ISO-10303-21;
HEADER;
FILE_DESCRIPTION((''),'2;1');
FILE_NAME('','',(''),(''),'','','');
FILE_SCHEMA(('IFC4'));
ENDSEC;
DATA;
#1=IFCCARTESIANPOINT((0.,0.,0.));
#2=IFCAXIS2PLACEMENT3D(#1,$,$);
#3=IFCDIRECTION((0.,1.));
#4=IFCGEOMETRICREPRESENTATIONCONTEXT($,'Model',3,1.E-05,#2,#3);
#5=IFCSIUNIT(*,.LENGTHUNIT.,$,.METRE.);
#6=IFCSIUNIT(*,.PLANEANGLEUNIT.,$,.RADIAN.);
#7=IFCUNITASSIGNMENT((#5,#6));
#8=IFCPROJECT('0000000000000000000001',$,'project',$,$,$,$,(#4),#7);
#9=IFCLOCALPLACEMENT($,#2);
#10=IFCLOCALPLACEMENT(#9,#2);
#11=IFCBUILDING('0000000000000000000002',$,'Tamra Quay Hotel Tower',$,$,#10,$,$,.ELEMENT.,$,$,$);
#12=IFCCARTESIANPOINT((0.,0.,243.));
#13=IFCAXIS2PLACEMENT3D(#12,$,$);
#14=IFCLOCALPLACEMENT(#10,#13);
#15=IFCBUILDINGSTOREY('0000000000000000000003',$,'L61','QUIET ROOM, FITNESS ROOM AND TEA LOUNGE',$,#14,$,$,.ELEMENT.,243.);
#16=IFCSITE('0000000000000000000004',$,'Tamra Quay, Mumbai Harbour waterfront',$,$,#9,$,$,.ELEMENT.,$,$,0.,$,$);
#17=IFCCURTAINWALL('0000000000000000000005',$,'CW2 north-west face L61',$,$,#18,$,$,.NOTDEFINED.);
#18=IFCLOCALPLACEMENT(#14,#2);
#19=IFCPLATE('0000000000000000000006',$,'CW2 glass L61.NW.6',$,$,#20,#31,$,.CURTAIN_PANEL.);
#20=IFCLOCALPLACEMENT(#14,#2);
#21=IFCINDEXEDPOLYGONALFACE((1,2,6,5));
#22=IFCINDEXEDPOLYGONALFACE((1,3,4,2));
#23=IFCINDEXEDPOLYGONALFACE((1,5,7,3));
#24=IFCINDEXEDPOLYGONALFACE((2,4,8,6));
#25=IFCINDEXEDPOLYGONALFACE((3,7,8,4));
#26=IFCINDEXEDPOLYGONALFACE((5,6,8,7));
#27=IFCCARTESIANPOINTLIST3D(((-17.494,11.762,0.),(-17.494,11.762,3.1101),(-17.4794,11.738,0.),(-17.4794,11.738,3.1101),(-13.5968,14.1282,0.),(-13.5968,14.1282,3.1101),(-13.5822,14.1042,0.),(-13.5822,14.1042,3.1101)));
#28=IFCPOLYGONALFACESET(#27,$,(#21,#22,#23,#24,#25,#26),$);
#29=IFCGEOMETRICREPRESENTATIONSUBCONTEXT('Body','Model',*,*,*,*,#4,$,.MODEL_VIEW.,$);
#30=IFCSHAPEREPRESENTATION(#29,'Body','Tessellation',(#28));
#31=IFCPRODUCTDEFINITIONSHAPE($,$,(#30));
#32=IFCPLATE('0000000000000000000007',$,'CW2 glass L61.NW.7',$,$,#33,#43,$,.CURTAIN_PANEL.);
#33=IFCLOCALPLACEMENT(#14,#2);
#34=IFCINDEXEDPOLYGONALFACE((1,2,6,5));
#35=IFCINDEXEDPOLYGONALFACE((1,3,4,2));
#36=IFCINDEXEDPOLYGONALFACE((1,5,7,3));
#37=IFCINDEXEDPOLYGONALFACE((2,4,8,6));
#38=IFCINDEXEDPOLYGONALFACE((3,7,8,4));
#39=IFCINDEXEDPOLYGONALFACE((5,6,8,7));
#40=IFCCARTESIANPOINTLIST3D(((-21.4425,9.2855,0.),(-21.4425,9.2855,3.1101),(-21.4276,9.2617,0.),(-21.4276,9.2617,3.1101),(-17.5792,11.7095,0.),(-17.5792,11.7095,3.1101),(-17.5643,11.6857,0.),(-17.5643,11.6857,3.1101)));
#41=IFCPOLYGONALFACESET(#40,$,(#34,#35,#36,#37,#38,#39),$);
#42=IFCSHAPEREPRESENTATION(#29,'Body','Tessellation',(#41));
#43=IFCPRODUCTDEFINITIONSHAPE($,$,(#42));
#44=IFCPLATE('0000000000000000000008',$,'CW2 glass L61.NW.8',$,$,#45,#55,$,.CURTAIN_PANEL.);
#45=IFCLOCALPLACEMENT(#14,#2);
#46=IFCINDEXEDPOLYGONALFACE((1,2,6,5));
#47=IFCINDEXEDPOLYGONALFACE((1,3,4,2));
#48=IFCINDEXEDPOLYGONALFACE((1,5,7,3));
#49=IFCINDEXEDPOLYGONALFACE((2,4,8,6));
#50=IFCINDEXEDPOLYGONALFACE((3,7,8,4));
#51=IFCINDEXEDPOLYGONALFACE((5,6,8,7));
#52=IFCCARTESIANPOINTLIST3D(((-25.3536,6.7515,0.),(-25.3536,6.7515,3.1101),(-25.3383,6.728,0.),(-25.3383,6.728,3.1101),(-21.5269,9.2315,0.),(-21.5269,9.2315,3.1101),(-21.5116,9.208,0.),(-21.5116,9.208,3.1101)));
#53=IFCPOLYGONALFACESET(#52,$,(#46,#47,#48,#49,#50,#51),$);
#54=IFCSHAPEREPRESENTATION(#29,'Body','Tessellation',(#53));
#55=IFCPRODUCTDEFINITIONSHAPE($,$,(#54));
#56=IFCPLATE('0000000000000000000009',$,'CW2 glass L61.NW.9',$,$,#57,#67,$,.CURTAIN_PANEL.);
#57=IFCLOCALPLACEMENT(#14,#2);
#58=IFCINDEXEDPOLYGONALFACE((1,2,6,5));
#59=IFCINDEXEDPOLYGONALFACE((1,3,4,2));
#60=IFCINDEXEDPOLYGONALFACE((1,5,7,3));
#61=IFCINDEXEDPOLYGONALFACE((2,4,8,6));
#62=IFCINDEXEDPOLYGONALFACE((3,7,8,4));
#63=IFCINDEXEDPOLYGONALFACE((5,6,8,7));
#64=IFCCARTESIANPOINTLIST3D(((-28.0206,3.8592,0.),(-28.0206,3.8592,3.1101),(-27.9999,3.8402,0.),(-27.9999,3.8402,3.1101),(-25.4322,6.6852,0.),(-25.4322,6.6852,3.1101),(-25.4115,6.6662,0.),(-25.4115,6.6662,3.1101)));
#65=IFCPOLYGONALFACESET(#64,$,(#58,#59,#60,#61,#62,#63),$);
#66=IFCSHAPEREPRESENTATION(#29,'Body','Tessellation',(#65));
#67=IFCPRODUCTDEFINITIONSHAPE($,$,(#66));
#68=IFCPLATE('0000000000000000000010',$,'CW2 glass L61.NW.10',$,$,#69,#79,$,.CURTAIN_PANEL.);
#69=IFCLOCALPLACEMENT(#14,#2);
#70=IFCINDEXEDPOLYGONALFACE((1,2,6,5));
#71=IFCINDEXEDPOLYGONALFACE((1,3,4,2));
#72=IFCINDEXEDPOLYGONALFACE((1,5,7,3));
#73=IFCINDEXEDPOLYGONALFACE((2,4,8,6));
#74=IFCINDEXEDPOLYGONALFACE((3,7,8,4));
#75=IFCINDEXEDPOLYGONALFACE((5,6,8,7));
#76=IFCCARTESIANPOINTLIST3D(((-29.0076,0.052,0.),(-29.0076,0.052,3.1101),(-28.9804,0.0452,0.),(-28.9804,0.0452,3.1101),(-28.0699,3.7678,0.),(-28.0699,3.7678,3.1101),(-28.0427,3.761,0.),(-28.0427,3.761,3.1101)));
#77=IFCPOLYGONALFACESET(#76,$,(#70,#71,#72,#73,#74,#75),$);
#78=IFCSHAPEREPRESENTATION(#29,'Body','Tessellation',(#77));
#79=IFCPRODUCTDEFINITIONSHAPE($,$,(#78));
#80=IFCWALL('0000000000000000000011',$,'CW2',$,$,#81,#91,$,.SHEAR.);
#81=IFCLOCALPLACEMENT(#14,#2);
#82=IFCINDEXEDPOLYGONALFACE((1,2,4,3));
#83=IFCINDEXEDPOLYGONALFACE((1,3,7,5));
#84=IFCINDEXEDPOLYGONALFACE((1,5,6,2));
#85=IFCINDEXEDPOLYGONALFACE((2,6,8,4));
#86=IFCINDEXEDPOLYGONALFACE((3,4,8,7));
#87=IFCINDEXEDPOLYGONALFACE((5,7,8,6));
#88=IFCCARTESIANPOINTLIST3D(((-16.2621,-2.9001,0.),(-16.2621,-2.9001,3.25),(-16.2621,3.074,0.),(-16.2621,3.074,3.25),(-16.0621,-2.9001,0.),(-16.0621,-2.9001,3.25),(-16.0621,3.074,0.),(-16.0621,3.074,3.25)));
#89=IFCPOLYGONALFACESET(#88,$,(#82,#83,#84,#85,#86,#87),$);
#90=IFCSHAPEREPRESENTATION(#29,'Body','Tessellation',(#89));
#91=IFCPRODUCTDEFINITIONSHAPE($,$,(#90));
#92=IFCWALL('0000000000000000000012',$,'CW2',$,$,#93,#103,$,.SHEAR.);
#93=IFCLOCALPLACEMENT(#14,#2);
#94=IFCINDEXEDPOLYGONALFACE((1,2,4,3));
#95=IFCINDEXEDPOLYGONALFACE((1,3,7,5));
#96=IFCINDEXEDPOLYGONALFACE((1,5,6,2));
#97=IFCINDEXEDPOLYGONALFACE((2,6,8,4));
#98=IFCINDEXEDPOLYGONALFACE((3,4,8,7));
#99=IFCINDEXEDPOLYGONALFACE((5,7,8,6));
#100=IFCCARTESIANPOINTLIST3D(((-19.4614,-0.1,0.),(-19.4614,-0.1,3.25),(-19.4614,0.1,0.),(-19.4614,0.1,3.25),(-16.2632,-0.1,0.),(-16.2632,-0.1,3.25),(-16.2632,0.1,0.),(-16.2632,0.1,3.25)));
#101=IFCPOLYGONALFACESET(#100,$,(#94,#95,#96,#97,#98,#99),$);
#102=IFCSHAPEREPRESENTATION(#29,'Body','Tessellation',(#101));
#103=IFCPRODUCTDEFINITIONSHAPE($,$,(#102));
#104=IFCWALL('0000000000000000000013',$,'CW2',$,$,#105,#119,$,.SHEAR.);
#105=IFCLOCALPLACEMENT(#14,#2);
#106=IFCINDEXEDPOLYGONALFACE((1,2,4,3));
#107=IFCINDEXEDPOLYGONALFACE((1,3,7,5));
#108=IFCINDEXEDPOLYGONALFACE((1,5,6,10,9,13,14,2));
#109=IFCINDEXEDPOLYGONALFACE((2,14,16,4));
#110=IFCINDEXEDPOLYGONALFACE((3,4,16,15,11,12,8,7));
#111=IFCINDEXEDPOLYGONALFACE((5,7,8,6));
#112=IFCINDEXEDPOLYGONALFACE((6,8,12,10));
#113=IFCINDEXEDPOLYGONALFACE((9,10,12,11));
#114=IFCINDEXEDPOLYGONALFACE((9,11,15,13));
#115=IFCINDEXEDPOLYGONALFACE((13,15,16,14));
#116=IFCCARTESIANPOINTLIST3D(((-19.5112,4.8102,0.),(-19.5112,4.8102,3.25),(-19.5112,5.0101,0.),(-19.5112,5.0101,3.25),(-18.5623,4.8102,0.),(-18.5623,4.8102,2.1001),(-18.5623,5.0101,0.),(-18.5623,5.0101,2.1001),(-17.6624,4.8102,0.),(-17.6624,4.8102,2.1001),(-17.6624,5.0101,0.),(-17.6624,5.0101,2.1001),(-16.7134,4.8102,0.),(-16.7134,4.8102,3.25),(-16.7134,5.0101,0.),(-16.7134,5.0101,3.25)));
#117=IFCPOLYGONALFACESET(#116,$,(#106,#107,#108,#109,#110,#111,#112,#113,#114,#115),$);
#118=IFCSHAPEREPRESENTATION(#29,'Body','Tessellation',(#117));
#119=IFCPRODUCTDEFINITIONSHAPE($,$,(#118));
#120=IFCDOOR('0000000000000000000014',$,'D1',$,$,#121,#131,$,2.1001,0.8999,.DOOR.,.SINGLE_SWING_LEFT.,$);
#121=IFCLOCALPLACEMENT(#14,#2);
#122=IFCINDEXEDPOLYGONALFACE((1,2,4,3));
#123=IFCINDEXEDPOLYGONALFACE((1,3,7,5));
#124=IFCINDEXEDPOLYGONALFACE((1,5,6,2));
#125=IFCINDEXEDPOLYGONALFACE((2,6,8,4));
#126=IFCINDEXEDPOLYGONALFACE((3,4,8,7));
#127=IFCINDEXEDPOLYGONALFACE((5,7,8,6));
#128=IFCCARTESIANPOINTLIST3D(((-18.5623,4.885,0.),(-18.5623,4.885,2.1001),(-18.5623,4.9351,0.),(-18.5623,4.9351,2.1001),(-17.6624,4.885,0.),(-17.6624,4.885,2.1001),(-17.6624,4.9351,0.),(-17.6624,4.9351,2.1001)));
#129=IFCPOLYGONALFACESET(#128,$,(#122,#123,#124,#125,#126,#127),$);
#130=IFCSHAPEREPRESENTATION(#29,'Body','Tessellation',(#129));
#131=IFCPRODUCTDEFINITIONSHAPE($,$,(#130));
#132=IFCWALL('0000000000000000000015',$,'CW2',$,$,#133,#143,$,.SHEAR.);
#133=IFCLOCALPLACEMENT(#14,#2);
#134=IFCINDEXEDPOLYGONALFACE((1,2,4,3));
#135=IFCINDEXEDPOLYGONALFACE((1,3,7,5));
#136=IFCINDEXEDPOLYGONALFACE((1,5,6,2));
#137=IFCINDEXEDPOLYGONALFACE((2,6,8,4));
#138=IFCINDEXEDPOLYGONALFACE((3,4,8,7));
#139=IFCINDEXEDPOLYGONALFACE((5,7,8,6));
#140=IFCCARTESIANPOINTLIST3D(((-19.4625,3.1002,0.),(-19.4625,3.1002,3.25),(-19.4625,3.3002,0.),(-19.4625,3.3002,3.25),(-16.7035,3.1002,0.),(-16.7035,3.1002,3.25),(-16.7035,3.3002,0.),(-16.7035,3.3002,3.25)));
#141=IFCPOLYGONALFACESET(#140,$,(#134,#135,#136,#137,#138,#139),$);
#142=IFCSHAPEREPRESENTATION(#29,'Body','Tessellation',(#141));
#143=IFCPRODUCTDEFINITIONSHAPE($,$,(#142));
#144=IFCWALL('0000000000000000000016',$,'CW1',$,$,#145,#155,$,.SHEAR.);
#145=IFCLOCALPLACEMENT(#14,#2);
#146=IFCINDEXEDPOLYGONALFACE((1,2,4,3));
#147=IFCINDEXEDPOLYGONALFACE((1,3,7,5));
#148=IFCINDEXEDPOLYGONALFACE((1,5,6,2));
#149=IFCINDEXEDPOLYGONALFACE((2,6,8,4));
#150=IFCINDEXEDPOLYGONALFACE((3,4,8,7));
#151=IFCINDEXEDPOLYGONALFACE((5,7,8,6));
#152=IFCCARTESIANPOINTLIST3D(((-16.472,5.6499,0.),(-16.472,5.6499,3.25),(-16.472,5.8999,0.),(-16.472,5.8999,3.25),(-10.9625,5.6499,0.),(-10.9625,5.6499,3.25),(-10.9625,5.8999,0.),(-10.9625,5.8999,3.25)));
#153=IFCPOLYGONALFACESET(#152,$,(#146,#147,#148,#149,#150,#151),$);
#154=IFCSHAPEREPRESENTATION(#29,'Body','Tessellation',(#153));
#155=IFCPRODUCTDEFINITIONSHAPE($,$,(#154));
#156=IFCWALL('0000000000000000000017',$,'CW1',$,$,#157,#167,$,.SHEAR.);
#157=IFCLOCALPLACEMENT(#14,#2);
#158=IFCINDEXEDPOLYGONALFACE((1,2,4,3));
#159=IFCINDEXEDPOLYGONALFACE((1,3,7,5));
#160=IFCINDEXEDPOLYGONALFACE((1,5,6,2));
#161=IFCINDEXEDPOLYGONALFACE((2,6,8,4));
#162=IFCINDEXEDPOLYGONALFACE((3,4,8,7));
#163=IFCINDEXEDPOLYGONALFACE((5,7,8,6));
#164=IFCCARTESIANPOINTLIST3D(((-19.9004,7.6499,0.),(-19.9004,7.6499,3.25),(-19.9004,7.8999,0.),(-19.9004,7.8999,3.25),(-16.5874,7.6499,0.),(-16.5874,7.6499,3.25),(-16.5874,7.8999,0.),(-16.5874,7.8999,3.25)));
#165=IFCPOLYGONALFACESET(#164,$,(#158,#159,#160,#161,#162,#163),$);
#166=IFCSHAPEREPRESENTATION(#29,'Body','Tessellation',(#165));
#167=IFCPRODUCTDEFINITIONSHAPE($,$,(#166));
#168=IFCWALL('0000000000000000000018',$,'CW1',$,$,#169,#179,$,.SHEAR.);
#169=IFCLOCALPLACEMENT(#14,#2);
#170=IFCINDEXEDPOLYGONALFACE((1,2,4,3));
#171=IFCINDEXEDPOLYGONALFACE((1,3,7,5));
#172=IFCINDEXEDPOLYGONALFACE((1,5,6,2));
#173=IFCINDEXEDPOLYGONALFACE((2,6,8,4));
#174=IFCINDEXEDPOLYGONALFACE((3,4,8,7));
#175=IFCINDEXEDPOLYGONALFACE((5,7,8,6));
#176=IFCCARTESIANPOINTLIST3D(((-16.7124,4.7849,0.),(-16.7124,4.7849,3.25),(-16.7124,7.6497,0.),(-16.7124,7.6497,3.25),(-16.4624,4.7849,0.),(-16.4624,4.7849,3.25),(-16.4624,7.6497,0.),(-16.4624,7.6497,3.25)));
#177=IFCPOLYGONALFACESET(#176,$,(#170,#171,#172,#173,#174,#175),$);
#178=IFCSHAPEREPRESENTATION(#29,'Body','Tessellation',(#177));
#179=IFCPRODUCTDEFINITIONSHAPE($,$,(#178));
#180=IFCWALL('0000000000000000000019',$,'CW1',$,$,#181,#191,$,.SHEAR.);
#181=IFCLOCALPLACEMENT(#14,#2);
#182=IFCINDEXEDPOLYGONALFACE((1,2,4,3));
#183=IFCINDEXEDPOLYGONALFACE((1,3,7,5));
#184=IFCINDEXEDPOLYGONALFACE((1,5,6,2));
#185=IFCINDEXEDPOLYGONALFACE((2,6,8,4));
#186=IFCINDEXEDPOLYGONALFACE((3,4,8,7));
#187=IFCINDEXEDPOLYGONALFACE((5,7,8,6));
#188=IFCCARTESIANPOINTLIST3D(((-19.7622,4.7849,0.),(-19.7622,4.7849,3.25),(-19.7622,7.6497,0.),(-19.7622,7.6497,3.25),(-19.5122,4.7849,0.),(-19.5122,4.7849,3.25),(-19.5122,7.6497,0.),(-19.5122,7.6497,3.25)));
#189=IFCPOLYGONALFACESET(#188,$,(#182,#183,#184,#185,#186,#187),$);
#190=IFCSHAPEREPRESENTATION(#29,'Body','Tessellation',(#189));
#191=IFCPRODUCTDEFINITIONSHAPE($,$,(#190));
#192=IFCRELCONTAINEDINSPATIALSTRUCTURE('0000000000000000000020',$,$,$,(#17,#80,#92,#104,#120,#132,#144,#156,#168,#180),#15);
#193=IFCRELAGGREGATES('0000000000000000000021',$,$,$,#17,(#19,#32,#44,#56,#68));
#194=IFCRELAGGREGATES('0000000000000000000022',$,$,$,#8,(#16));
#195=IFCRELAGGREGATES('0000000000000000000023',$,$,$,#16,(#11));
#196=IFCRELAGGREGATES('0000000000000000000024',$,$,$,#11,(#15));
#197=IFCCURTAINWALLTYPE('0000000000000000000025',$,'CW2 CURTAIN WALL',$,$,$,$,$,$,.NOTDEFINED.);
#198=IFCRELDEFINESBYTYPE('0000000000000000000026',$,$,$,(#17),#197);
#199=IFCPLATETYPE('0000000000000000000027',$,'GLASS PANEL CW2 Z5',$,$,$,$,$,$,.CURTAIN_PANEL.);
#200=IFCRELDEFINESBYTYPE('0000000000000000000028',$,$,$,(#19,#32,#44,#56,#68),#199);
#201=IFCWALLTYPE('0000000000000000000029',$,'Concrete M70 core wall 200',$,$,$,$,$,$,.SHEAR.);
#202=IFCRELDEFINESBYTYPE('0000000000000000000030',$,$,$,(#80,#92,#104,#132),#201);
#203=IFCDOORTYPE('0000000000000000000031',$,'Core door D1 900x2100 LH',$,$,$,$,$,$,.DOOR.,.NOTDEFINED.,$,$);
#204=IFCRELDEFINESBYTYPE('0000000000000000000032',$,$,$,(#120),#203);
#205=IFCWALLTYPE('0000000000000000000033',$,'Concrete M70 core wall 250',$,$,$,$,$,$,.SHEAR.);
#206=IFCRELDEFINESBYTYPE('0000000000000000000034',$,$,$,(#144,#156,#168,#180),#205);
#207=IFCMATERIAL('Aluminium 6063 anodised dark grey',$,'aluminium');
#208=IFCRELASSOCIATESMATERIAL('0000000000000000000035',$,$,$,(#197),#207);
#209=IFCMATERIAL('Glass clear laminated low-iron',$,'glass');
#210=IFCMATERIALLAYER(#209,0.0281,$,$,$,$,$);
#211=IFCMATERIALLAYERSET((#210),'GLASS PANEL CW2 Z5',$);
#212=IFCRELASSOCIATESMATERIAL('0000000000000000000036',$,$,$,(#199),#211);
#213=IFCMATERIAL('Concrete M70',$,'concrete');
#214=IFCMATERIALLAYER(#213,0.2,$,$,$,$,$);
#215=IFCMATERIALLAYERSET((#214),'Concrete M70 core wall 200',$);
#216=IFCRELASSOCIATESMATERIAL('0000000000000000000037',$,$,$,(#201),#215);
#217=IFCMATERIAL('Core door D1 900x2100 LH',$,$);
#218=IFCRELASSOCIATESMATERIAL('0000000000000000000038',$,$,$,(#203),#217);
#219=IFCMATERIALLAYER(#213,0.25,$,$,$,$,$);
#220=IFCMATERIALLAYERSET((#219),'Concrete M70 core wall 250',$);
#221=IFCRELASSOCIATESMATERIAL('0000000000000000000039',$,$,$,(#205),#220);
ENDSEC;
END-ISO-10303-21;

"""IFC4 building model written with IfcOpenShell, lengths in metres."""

from ifc_helpers import new_model, si_unit, direction, frame, frame_2d, origin, origin_2d, place, context, subcontext, project, spatial, rectangle, extrude, material, layer, layer_set, type_object, element, fill, aggregate, save


model = new_model("IFC4")

# Units and contexts
model_context = context("Model", 3, precision=1e-05, world=origin(), true_north=direction((0.0, 1.0)))
body_context = subcontext(model_context, "Body", "Model", "MODEL_VIEW")
ifc_project = project(units=[si_unit("LENGTHUNIT", "METRE"), si_unit("PLANEANGLEUNIT", "RADIAN")], contexts=[model_context])

# Site, building, storey
site_placement = place(None, origin())
site = spatial("IfcSite", under=ifc_project, at=site_placement, Name="Tamra Quay, Mumbai Harbour waterfront", CompositionType="ELEMENT", RefElevation=0.0)
building_placement = place(site_placement, origin())
building = spatial("IfcBuilding", under=site, at=building_placement, Name="Tamra Quay Hotel Tower", CompositionType="ELEMENT")
storey_placement = place(building_placement, frame((0.0, 0.0, 243.0)))
storey = spatial("IfcBuildingStorey", under=building, at=storey_placement, Name="L61", Description="QUIET ROOM, FITNESS ROOM AND TEA LOUNGE", CompositionType="ELEMENT", Elevation=243.0)

# Shared definitions
ifc_material_1 = material(Name="Concrete M70", Category="concrete")

# Curtain wall
ifc_material_2 = material(Name="Aluminium 6063 anodised dark grey", Category="aluminium")
curtain_wall_type = type_object("IfcCurtainWallType", Name="CW2 CURTAIN WALL", PredefinedType="NOTDEFINED", material=ifc_material_2)
curtain_wall_placement = place(storey_placement, origin())
curtain_wall = element("IfcCurtainWall", 1, at=curtain_wall_placement, inside=storey, type_object=curtain_wall_type, Name="CW2 north-west face L61", PredefinedType="NOTDEFINED")

# Plates
ifc_material_3 = material(Name="Glass clear laminated low-iron", Category="glass")
ifc_layer_1 = layer(ifc_material_3, 0.0281)
ifc_layer_set_1 = layer_set([ifc_layer_1], Name="GLASS PANEL CW2 Z5")
plate_type = type_object("IfcPlateType", Name="GLASS PANEL CW2 Z5", PredefinedType="CURTAIN_PANEL", material=ifc_layer_set_1)
plate_1_placement = place(storey_placement, frame((-15.5381, 12.9331, 0.0), z_axis=(0.0, 0.0, 1.0), x_axis=(-0.854783, -0.518985, 0.0)))
plate_1 = element("IfcPlate", 2, at=plate_1_placement, type_object=plate_type, Name="CW2 glass L61.NW.6", PredefinedType="CURTAIN_PANEL", context=body_context, shape_type="SweptSolid", body=[
    extrude(rectangle(XDim=4.5593, YDim=0.0281, at=origin_2d()), origin(), (0.0, 0.0, 1.0), 3.1101),
])
plate_2_placement = place(storey_placement, frame((-19.5034, 10.4856, 0.0), z_axis=(0.0, 0.0, 1.0), x_axis=(-0.847069, -0.531484, 0.0)))
plate_2 = element("IfcPlate", 3, at=plate_2_placement, type_object=plate_type, Name="CW2 glass L61.NW.7", PredefinedType="CURTAIN_PANEL", context=body_context, shape_type="SweptSolid", body=[
    extrude(rectangle(XDim=4.5608, YDim=0.0281, at=origin_2d()), origin(), (0.0, 0.0, 1.0), 3.1101),
])
plate_3_placement = place(storey_placement, frame((-23.4326, 7.9797, 0.0), z_axis=(0.0, 0.0, 1.0), x_axis=(-0.839179, -0.543855, 0.0)))
plate_3 = element("IfcPlate", 4, at=plate_3_placement, type_object=plate_type, Name="CW2 glass L61.NW.8", PredefinedType="CURTAIN_PANEL", context=body_context, shape_type="SweptSolid", body=[
    extrude(rectangle(XDim=4.5601, YDim=0.0281, at=origin_2d()), origin(), (0.0, 0.0, 1.0), 3.1101),
])
plate_4_placement = place(storey_placement, frame((-26.7161, 5.2627, 0.0), z_axis=(0.0, 0.0, 1.0), x_axis=(-0.675438, -0.737417, 0.0)))
plate_4 = element("IfcPlate", 5, at=plate_4_placement, type_object=plate_type, Name="CW2 glass L61.NW.9", PredefinedType="CURTAIN_PANEL", context=body_context, shape_type="SweptSolid", body=[
    extrude(rectangle(XDim=3.8323, YDim=0.0281, at=origin_2d()), origin(), (0.0, 0.0, 1.0), 3.1101),
])
plate_5_placement = place(storey_placement, frame((-28.5251, 1.9065, 0.0), z_axis=(0.0, 0.0, 1.0), x_axis=(-0.244677, -0.969605, 0.0)))
plate_5 = element("IfcPlate", 6, at=plate_5_placement, type_object=plate_type, Name="CW2 glass L61.NW.10", PredefinedType="CURTAIN_PANEL", context=body_context, shape_type="SweptSolid", body=[
    extrude(rectangle(XDim=3.8323, YDim=0.0281, at=origin_2d()), origin(), (0.0, 0.0, 1.0), 3.1101),
])
aggregate(curtain_wall, [plate_1, plate_2, plate_3, plate_4, plate_5])

# Walls
ifc_layer_2 = layer(ifc_material_1, 0.2)
ifc_layer_set_2 = layer_set([ifc_layer_2], Name="Concrete M70 core wall 200")
wall_type_1 = type_object("IfcWallType", Name="Concrete M70 core wall 200", PredefinedType="SHEAR", material=ifc_layer_set_2)
wall_1_placement = place(storey_placement, frame((-16.1621, 3.074, 0.0), z_axis=(0.0, 0.0, 1.0), x_axis=(0.0, -1.0, 0.0)))
element("IfcWall", 7, at=wall_1_placement, inside=storey, type_object=wall_type_1, Name="CW2", PredefinedType="SHEAR", context=body_context, shape_type="SweptSolid", body=[
    extrude(rectangle(XDim=5.9741, YDim=0.2, at=frame_2d((2.9871, 0.0))), origin(), (0.0, 0.0, 1.0), 3.25),
])
wall_2_placement = place(storey_placement, frame((-16.2632, 0.0, 0.0), z_axis=(0.0, 0.0, 1.0), x_axis=(-1.0, 0.0, 0.0)))
element("IfcWall", 8, at=wall_2_placement, inside=storey, type_object=wall_type_1, Name="CW2", PredefinedType="SHEAR", context=body_context, shape_type="SweptSolid", body=[
    extrude(rectangle(XDim=3.1982, YDim=0.2, at=frame_2d((1.5991, 0.0))), origin(), (0.0, 0.0, 1.0), 3.25),
])

# Wall, opening, door
wall_3_placement = place(storey_placement, frame((-19.5112, 4.9102, 0.0), z_axis=(0.0, 0.0, 1.0), x_axis=(1.0, 0.0, 0.0)))
wall_3 = element("IfcWall", 9, at=wall_3_placement, inside=storey, type_object=wall_type_1, Name="CW2", PredefinedType="SHEAR", context=body_context, shape_type="SweptSolid", body=[
    extrude(rectangle(XDim=2.7979, YDim=0.2, at=frame_2d((1.3989, 0.0))), origin(), (0.0, 0.0, 1.0), 3.25),
])
opening_placement = place(wall_3_placement, frame((0.949, 0.0, 0.0)))
opening = element("IfcOpeningElement", 10, at=opening_placement, cuts=wall_3, PredefinedType="OPENING", context=body_context, shape_type="SweptSolid", body=[
    extrude(rectangle(XDim=0.8999, YDim=2.1001, at=frame_2d((0.45, 1.05))), frame((0.0, 0.1099, 0.0), z_axis=(0.0, -1.0, 0.0), x_axis=(1.0, 0.0, 0.0)), (0.0, 0.0, 1.0), 0.22),
])
ifc_material_4 = material(Name="Core door D1 900x2100 LH")
door_type = type_object("IfcDoorType", Name="Core door D1 900x2100 LH", OperationType="NOTDEFINED", PredefinedType="DOOR", material=ifc_material_4)
door_placement = place(opening_placement, origin())
door = element("IfcDoor", 11, at=door_placement, inside=storey, type_object=door_type, Name="D1", OperationType="SINGLE_SWING_LEFT", OverallHeight=2.1001, OverallWidth=0.8999, PredefinedType="DOOR", context=body_context, shape_type="SweptSolid", body=[
    extrude(rectangle(XDim=0.8999, YDim=2.1001, at=frame_2d((0.45, 1.05))), frame((0.0, 0.0249, 0.0), z_axis=(0.0, -1.0, 0.0), x_axis=(1.0, 0.0, 0.0)), (0.0, 0.0, 1.0), 0.05),
])
fill(opening, door)

# Walls
wall_4_placement = place(storey_placement, frame((-19.4624, 3.2002, 0.0), z_axis=(0.0, 0.0, 1.0), x_axis=(1.0, 0.0, 0.0)))
element("IfcWall", 12, at=wall_4_placement, inside=storey, type_object=wall_type_1, Name="CW2", PredefinedType="SHEAR", context=body_context, shape_type="SweptSolid", body=[
    extrude(rectangle(XDim=2.759, YDim=0.2, at=frame_2d((1.3794, 0.0))), origin(), (0.0, 0.0, 1.0), 3.25),
])
ifc_layer_3 = layer(ifc_material_1, 0.25)
ifc_layer_set_3 = layer_set([ifc_layer_3], Name="Concrete M70 core wall 250")
wall_type_2 = type_object("IfcWallType", Name="Concrete M70 core wall 250", PredefinedType="SHEAR", material=ifc_layer_set_3)
wall_5_placement = place(storey_placement, frame((-16.4722, 5.7749, 0.0), z_axis=(0.0, 0.0, 1.0), x_axis=(1.0, 0.0, 0.0)))
element("IfcWall", 13, at=wall_5_placement, inside=storey, type_object=wall_type_2, Name="CW1", PredefinedType="SHEAR", context=body_context, shape_type="SweptSolid", body=[
    extrude(rectangle(XDim=5.5095, YDim=0.25, at=frame_2d((2.7549, 0.0))), origin(), (0.0, 0.0, 1.0), 3.25),
])
wall_6_placement = place(storey_placement, frame((-19.9004, 7.7749, 0.0), z_axis=(0.0, 0.0, 1.0), x_axis=(1.0, 0.0, 0.0)))
element("IfcWall", 14, at=wall_6_placement, inside=storey, type_object=wall_type_2, Name="CW1", PredefinedType="SHEAR", context=body_context, shape_type="SweptSolid", body=[
    extrude(rectangle(XDim=3.313, YDim=0.25, at=frame_2d((1.6565, 0.0))), origin(), (0.0, 0.0, 1.0), 3.25),
])
for number, where, z_axis, x_axis, name in (
    (15, (-16.5874, 7.6497, 0.0), (0.0, 0.0, 1.0), (0.0, -1.0, 0.0), "CW1"),
    (16, (-19.6372, 4.7849, 0.0), (0.0, 0.0, 1.0), (0.0, 1.0, 0.0), "CW1"),
):
    element("IfcWall", number, at=place(storey_placement, frame(where, z_axis=z_axis, x_axis=x_axis)), inside=storey, type_object=wall_type_2, Name=name, PredefinedType="SHEAR", context=body_context, shape_type="SweptSolid", body=[
        extrude(rectangle(XDim=2.8647, YDim=0.25, at=frame_2d((1.4324, 0.0))), origin(), (0.0, 0.0, 1.0), 3.25),
    ])

save(model, "model.ifc")
